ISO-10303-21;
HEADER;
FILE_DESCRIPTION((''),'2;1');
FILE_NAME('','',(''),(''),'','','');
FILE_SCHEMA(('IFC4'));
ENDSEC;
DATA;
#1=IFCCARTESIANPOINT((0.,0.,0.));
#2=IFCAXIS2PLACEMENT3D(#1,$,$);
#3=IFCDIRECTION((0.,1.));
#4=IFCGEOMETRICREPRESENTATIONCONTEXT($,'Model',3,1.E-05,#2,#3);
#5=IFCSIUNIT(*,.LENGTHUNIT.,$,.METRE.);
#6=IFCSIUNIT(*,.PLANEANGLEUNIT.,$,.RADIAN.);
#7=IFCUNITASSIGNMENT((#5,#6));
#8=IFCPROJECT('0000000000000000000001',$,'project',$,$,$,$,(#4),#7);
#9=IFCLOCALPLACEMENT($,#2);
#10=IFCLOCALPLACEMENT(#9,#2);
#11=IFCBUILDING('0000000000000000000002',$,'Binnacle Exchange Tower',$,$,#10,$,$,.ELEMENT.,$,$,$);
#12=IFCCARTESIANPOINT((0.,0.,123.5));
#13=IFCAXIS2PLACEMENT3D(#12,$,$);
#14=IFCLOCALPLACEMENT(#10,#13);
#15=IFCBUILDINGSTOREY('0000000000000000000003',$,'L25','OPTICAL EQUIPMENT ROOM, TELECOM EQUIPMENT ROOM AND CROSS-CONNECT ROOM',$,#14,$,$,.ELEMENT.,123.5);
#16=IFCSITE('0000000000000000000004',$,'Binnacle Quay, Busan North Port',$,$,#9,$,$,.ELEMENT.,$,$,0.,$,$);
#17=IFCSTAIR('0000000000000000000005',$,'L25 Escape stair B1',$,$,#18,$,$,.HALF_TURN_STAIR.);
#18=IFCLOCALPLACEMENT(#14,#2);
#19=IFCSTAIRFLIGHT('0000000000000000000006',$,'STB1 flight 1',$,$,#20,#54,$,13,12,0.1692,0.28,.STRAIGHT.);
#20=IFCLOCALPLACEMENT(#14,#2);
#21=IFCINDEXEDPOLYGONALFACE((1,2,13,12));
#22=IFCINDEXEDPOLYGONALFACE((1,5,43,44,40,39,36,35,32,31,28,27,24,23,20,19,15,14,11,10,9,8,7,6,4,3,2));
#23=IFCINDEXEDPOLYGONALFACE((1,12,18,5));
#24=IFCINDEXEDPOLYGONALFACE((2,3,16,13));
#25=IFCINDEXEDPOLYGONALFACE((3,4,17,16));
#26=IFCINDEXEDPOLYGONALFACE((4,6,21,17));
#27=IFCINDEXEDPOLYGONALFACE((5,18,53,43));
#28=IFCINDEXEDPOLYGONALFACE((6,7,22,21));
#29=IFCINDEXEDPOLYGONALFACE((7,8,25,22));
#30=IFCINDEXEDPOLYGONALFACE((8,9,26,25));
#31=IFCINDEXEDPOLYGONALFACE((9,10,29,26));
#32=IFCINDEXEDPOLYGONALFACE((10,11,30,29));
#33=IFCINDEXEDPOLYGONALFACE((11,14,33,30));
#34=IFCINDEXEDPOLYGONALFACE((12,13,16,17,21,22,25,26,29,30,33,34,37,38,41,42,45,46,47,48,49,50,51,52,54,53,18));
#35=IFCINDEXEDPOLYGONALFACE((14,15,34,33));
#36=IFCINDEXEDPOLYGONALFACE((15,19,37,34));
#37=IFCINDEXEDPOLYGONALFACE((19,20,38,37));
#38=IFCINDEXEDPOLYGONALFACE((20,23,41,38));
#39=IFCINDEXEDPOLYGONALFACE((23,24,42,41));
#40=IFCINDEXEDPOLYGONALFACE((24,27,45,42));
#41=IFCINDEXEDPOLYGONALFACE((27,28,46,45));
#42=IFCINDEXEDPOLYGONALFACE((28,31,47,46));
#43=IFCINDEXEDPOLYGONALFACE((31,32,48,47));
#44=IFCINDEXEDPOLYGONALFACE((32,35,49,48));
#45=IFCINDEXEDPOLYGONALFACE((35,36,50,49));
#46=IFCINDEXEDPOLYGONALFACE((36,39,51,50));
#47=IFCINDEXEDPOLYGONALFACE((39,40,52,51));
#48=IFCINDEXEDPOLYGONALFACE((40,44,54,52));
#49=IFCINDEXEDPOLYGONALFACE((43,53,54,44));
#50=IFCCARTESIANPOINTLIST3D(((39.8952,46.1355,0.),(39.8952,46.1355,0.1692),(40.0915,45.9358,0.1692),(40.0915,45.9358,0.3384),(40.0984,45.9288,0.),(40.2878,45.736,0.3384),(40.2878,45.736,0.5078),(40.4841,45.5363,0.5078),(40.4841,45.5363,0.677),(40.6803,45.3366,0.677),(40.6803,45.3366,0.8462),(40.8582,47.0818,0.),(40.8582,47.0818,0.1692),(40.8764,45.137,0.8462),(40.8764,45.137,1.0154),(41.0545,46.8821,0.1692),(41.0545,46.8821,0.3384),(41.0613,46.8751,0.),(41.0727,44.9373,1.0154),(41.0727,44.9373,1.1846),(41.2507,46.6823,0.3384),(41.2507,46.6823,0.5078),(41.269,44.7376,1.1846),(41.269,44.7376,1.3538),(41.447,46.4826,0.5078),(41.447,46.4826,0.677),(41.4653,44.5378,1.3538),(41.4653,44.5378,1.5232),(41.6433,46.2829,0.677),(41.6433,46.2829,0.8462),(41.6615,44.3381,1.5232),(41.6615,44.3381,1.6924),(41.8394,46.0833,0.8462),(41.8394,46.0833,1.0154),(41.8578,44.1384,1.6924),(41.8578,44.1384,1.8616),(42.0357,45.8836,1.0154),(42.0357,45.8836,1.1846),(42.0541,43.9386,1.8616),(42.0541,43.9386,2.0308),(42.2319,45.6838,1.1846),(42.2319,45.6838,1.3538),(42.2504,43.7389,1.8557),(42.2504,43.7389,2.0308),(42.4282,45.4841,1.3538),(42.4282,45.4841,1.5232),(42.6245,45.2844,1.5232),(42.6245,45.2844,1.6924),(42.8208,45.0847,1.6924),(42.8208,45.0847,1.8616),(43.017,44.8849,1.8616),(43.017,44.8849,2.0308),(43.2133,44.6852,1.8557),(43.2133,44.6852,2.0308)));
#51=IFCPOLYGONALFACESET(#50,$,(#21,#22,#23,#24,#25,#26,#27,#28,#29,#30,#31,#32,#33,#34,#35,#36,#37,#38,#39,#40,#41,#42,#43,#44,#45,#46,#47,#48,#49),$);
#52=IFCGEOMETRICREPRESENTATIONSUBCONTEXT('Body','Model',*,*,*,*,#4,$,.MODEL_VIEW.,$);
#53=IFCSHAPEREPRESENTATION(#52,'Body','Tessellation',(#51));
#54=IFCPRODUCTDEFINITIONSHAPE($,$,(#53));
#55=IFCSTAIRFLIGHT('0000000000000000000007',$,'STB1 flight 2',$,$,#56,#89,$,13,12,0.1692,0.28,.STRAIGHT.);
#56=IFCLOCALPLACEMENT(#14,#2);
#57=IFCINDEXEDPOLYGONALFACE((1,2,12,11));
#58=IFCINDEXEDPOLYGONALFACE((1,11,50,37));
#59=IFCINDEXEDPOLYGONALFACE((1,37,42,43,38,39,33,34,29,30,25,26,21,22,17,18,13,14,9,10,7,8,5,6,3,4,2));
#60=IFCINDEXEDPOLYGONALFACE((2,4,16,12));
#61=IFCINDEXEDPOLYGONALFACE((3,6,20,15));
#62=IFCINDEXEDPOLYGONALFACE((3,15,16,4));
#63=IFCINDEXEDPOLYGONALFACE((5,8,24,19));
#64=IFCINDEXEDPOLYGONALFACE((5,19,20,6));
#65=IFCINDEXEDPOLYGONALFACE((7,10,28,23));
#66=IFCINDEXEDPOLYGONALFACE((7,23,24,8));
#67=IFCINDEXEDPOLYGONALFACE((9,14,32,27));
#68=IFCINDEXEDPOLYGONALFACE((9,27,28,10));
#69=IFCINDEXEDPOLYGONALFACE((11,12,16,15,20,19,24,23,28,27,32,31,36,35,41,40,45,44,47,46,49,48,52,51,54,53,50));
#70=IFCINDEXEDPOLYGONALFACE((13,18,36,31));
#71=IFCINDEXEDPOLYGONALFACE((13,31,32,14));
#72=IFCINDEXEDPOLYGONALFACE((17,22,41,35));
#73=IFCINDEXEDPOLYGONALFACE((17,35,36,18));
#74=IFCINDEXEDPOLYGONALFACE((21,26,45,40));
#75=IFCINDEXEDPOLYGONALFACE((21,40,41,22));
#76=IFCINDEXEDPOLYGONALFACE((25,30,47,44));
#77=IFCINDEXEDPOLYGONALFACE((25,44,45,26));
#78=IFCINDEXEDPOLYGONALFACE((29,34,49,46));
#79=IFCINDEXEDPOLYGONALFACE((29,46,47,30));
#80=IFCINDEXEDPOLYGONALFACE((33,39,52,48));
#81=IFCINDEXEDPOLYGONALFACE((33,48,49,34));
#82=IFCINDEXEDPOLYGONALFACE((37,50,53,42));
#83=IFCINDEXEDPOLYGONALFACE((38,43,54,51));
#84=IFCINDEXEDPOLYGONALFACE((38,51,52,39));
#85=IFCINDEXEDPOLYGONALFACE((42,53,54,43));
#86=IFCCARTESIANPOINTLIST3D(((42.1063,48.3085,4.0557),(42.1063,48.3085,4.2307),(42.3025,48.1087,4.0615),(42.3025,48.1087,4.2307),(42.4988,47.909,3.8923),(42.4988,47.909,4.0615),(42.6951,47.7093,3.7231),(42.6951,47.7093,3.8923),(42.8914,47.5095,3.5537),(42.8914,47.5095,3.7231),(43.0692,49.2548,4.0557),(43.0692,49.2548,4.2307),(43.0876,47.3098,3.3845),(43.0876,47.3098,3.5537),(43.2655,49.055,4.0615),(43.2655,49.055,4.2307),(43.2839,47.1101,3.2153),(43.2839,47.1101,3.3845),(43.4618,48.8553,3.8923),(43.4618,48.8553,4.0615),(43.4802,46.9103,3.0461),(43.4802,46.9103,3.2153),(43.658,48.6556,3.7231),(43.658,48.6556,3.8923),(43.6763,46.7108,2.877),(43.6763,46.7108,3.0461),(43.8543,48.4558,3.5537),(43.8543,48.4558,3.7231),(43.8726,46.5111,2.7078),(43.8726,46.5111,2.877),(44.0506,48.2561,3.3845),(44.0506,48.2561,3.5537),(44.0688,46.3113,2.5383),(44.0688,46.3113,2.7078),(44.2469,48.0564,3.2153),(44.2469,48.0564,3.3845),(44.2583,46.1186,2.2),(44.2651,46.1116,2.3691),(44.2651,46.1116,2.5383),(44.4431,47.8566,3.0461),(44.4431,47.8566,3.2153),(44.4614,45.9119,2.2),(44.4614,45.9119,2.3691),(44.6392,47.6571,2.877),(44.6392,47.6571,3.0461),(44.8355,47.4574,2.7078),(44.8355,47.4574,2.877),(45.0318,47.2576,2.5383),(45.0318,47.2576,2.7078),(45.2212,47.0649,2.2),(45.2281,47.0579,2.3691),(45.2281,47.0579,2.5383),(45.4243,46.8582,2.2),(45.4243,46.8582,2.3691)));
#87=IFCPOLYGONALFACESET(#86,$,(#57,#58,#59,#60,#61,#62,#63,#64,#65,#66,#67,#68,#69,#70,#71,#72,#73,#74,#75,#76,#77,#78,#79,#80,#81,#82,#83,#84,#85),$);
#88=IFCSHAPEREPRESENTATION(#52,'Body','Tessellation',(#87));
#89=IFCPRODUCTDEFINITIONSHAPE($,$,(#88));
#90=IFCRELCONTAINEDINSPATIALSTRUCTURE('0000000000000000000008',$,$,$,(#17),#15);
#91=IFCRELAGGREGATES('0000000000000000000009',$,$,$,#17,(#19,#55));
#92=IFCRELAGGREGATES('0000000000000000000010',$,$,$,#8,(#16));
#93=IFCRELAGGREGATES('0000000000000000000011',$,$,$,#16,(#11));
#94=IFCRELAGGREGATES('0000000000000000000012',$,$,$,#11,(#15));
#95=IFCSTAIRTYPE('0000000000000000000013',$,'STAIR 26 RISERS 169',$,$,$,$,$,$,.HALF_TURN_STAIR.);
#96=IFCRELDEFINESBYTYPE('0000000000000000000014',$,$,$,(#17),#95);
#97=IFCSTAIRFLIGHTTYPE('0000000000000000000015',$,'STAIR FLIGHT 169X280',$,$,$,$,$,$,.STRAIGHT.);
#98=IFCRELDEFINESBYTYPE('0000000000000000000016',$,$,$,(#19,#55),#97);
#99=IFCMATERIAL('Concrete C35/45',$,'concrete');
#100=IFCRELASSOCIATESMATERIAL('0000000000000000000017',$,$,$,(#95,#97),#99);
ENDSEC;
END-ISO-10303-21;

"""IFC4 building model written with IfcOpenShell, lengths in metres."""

from ifc_helpers import new_model, si_unit, direction, frame, origin, place, context, subcontext, project, spatial, polyline, outline, extrude, material, type_object, element, aggregate, save


model = new_model("IFC4")

# Units and contexts
model_context = context("Model", 3, precision=1e-05, world=origin(), true_north=direction((0.0, 1.0)))
body_context = subcontext(model_context, "Body", "Model", "MODEL_VIEW")
ifc_project = project(units=[si_unit("LENGTHUNIT", "METRE"), si_unit("PLANEANGLEUNIT", "RADIAN")], contexts=[model_context])

# Site, building, storey
site_placement = place(None, origin())
site = spatial("IfcSite", under=ifc_project, at=site_placement, Name="Binnacle Quay, Busan North Port", CompositionType="ELEMENT", RefElevation=0.0)
building_placement = place(site_placement, origin())
building = spatial("IfcBuilding", under=site, at=building_placement, Name="Binnacle Exchange Tower", CompositionType="ELEMENT")
storey_placement = place(building_placement, frame((0.0, 0.0, 123.5)))
storey = spatial("IfcBuildingStorey", under=building, at=storey_placement, Name="L25", Description="OPTICAL EQUIPMENT ROOM, TELECOM EQUIPMENT ROOM AND CROSS-CONNECT ROOM", CompositionType="ELEMENT", Elevation=123.5)

# Stair, stair flights
ifc_material_1 = material(Name="Concrete C35/45", Category="concrete")
stair_type = type_object("IfcStairType", Name="STAIR 26 RISERS 169", PredefinedType="HALF_TURN_STAIR", material=ifc_material_1)
stair_placement = place(storey_placement, origin())
stair = element("IfcStair", 1, at=stair_placement, inside=storey, type_object=stair_type, Name="L25 Escape stair B1", PredefinedType="HALF_TURN_STAIR")
stair_flight_type = type_object("IfcStairFlightType", Name="STAIR FLIGHT 169X280", PredefinedType="STRAIGHT", material=ifc_material_1)
stair_flight_1_placement = place(storey_placement, frame((40.3767, 46.6086, 0.0), z_axis=(0.0, 0.0, 1.0), x_axis=(0.700909, -0.71325, 0.0)))
stair_flight_1 = element("IfcStairFlight", 2, at=stair_flight_1_placement, type_object=stair_flight_type, Name="STB1 flight 1", NumberOfRisers=13, NumberOfTreads=12, PredefinedType="STRAIGHT", RiserHeight=0.1692, TreadLength=0.28, context=body_context, shape_type="SweptSolid", body=[
    extrude(outline(polyline([(0.0, 0.0), (0.0, 0.1692), (0.28, 0.1692), (0.28, 0.3384), (0.5601, 0.3384), (0.5601, 0.5078), (0.8401, 0.5078), (0.8401, 0.677), (1.1201, 0.677), (1.1201, 0.8462), (1.3999, 0.8462), (1.3999, 1.0154), (1.6799, 1.0154), (1.6799, 1.1846), (1.96, 1.1846), (1.96, 1.3538), (2.24, 1.3538), (2.24, 1.5232), (2.52, 1.5232), (2.52, 1.6924), (2.8, 1.6924), (2.8, 1.8616), (3.0801, 1.8616), (3.0801, 2.0308), (3.3601, 2.0308), (3.3601, 2.2), (3.3601, 1.8557), (0.2898, 0.0), (0.0, 0.0)])), frame((0.0, 0.675, 0.0), z_axis=(0.0, -1.0, 0.0), x_axis=(1.0, 0.0, 0.0)), (0.0, 0.0, 1.0), 1.3501),
])
stair_flight_2_placement = place(storey_placement, frame((44.9429, 46.385, 2.2), z_axis=(0.0, 0.0, 1.0), x_axis=(-0.700909, 0.71325, 0.0)))
stair_flight_2 = element("IfcStairFlight", 3, at=stair_flight_2_placement, type_object=stair_flight_type, Name="STB1 flight 2", NumberOfRisers=13, NumberOfTreads=12, PredefinedType="STRAIGHT", RiserHeight=0.1692, TreadLength=0.28, context=body_context, shape_type="SweptSolid", body=[
    extrude(outline(polyline([(0.0, 0.0), (0.0, 0.1692), (0.28, 0.1692), (0.28, 0.3384), (0.5601, 0.3384), (0.5601, 0.5078), (0.8401, 0.5078), (0.8401, 0.677), (1.1201, 0.677), (1.1201, 0.8462), (1.3999, 0.8462), (1.3999, 1.0154), (1.6799, 1.0154), (1.6799, 1.1846), (1.96, 1.1846), (1.96, 1.3538), (2.24, 1.3538), (2.24, 1.5232), (2.52, 1.5232), (2.52, 1.6924), (2.8, 1.6924), (2.8, 1.8616), (3.0801, 1.8616), (3.0801, 2.0308), (3.3601, 2.0308), (3.3601, 2.2), (3.3601, 1.8557), (0.2898, 0.0), (0.0, 0.0)])), frame((0.0, 0.675, 0.0), z_axis=(0.0, -1.0, 0.0), x_axis=(1.0, 0.0, 0.0)), (0.0, 0.0, 1.0), 1.3501),
])
aggregate(stair, [stair_flight_1, stair_flight_2])

save(model, "model.ifc")
